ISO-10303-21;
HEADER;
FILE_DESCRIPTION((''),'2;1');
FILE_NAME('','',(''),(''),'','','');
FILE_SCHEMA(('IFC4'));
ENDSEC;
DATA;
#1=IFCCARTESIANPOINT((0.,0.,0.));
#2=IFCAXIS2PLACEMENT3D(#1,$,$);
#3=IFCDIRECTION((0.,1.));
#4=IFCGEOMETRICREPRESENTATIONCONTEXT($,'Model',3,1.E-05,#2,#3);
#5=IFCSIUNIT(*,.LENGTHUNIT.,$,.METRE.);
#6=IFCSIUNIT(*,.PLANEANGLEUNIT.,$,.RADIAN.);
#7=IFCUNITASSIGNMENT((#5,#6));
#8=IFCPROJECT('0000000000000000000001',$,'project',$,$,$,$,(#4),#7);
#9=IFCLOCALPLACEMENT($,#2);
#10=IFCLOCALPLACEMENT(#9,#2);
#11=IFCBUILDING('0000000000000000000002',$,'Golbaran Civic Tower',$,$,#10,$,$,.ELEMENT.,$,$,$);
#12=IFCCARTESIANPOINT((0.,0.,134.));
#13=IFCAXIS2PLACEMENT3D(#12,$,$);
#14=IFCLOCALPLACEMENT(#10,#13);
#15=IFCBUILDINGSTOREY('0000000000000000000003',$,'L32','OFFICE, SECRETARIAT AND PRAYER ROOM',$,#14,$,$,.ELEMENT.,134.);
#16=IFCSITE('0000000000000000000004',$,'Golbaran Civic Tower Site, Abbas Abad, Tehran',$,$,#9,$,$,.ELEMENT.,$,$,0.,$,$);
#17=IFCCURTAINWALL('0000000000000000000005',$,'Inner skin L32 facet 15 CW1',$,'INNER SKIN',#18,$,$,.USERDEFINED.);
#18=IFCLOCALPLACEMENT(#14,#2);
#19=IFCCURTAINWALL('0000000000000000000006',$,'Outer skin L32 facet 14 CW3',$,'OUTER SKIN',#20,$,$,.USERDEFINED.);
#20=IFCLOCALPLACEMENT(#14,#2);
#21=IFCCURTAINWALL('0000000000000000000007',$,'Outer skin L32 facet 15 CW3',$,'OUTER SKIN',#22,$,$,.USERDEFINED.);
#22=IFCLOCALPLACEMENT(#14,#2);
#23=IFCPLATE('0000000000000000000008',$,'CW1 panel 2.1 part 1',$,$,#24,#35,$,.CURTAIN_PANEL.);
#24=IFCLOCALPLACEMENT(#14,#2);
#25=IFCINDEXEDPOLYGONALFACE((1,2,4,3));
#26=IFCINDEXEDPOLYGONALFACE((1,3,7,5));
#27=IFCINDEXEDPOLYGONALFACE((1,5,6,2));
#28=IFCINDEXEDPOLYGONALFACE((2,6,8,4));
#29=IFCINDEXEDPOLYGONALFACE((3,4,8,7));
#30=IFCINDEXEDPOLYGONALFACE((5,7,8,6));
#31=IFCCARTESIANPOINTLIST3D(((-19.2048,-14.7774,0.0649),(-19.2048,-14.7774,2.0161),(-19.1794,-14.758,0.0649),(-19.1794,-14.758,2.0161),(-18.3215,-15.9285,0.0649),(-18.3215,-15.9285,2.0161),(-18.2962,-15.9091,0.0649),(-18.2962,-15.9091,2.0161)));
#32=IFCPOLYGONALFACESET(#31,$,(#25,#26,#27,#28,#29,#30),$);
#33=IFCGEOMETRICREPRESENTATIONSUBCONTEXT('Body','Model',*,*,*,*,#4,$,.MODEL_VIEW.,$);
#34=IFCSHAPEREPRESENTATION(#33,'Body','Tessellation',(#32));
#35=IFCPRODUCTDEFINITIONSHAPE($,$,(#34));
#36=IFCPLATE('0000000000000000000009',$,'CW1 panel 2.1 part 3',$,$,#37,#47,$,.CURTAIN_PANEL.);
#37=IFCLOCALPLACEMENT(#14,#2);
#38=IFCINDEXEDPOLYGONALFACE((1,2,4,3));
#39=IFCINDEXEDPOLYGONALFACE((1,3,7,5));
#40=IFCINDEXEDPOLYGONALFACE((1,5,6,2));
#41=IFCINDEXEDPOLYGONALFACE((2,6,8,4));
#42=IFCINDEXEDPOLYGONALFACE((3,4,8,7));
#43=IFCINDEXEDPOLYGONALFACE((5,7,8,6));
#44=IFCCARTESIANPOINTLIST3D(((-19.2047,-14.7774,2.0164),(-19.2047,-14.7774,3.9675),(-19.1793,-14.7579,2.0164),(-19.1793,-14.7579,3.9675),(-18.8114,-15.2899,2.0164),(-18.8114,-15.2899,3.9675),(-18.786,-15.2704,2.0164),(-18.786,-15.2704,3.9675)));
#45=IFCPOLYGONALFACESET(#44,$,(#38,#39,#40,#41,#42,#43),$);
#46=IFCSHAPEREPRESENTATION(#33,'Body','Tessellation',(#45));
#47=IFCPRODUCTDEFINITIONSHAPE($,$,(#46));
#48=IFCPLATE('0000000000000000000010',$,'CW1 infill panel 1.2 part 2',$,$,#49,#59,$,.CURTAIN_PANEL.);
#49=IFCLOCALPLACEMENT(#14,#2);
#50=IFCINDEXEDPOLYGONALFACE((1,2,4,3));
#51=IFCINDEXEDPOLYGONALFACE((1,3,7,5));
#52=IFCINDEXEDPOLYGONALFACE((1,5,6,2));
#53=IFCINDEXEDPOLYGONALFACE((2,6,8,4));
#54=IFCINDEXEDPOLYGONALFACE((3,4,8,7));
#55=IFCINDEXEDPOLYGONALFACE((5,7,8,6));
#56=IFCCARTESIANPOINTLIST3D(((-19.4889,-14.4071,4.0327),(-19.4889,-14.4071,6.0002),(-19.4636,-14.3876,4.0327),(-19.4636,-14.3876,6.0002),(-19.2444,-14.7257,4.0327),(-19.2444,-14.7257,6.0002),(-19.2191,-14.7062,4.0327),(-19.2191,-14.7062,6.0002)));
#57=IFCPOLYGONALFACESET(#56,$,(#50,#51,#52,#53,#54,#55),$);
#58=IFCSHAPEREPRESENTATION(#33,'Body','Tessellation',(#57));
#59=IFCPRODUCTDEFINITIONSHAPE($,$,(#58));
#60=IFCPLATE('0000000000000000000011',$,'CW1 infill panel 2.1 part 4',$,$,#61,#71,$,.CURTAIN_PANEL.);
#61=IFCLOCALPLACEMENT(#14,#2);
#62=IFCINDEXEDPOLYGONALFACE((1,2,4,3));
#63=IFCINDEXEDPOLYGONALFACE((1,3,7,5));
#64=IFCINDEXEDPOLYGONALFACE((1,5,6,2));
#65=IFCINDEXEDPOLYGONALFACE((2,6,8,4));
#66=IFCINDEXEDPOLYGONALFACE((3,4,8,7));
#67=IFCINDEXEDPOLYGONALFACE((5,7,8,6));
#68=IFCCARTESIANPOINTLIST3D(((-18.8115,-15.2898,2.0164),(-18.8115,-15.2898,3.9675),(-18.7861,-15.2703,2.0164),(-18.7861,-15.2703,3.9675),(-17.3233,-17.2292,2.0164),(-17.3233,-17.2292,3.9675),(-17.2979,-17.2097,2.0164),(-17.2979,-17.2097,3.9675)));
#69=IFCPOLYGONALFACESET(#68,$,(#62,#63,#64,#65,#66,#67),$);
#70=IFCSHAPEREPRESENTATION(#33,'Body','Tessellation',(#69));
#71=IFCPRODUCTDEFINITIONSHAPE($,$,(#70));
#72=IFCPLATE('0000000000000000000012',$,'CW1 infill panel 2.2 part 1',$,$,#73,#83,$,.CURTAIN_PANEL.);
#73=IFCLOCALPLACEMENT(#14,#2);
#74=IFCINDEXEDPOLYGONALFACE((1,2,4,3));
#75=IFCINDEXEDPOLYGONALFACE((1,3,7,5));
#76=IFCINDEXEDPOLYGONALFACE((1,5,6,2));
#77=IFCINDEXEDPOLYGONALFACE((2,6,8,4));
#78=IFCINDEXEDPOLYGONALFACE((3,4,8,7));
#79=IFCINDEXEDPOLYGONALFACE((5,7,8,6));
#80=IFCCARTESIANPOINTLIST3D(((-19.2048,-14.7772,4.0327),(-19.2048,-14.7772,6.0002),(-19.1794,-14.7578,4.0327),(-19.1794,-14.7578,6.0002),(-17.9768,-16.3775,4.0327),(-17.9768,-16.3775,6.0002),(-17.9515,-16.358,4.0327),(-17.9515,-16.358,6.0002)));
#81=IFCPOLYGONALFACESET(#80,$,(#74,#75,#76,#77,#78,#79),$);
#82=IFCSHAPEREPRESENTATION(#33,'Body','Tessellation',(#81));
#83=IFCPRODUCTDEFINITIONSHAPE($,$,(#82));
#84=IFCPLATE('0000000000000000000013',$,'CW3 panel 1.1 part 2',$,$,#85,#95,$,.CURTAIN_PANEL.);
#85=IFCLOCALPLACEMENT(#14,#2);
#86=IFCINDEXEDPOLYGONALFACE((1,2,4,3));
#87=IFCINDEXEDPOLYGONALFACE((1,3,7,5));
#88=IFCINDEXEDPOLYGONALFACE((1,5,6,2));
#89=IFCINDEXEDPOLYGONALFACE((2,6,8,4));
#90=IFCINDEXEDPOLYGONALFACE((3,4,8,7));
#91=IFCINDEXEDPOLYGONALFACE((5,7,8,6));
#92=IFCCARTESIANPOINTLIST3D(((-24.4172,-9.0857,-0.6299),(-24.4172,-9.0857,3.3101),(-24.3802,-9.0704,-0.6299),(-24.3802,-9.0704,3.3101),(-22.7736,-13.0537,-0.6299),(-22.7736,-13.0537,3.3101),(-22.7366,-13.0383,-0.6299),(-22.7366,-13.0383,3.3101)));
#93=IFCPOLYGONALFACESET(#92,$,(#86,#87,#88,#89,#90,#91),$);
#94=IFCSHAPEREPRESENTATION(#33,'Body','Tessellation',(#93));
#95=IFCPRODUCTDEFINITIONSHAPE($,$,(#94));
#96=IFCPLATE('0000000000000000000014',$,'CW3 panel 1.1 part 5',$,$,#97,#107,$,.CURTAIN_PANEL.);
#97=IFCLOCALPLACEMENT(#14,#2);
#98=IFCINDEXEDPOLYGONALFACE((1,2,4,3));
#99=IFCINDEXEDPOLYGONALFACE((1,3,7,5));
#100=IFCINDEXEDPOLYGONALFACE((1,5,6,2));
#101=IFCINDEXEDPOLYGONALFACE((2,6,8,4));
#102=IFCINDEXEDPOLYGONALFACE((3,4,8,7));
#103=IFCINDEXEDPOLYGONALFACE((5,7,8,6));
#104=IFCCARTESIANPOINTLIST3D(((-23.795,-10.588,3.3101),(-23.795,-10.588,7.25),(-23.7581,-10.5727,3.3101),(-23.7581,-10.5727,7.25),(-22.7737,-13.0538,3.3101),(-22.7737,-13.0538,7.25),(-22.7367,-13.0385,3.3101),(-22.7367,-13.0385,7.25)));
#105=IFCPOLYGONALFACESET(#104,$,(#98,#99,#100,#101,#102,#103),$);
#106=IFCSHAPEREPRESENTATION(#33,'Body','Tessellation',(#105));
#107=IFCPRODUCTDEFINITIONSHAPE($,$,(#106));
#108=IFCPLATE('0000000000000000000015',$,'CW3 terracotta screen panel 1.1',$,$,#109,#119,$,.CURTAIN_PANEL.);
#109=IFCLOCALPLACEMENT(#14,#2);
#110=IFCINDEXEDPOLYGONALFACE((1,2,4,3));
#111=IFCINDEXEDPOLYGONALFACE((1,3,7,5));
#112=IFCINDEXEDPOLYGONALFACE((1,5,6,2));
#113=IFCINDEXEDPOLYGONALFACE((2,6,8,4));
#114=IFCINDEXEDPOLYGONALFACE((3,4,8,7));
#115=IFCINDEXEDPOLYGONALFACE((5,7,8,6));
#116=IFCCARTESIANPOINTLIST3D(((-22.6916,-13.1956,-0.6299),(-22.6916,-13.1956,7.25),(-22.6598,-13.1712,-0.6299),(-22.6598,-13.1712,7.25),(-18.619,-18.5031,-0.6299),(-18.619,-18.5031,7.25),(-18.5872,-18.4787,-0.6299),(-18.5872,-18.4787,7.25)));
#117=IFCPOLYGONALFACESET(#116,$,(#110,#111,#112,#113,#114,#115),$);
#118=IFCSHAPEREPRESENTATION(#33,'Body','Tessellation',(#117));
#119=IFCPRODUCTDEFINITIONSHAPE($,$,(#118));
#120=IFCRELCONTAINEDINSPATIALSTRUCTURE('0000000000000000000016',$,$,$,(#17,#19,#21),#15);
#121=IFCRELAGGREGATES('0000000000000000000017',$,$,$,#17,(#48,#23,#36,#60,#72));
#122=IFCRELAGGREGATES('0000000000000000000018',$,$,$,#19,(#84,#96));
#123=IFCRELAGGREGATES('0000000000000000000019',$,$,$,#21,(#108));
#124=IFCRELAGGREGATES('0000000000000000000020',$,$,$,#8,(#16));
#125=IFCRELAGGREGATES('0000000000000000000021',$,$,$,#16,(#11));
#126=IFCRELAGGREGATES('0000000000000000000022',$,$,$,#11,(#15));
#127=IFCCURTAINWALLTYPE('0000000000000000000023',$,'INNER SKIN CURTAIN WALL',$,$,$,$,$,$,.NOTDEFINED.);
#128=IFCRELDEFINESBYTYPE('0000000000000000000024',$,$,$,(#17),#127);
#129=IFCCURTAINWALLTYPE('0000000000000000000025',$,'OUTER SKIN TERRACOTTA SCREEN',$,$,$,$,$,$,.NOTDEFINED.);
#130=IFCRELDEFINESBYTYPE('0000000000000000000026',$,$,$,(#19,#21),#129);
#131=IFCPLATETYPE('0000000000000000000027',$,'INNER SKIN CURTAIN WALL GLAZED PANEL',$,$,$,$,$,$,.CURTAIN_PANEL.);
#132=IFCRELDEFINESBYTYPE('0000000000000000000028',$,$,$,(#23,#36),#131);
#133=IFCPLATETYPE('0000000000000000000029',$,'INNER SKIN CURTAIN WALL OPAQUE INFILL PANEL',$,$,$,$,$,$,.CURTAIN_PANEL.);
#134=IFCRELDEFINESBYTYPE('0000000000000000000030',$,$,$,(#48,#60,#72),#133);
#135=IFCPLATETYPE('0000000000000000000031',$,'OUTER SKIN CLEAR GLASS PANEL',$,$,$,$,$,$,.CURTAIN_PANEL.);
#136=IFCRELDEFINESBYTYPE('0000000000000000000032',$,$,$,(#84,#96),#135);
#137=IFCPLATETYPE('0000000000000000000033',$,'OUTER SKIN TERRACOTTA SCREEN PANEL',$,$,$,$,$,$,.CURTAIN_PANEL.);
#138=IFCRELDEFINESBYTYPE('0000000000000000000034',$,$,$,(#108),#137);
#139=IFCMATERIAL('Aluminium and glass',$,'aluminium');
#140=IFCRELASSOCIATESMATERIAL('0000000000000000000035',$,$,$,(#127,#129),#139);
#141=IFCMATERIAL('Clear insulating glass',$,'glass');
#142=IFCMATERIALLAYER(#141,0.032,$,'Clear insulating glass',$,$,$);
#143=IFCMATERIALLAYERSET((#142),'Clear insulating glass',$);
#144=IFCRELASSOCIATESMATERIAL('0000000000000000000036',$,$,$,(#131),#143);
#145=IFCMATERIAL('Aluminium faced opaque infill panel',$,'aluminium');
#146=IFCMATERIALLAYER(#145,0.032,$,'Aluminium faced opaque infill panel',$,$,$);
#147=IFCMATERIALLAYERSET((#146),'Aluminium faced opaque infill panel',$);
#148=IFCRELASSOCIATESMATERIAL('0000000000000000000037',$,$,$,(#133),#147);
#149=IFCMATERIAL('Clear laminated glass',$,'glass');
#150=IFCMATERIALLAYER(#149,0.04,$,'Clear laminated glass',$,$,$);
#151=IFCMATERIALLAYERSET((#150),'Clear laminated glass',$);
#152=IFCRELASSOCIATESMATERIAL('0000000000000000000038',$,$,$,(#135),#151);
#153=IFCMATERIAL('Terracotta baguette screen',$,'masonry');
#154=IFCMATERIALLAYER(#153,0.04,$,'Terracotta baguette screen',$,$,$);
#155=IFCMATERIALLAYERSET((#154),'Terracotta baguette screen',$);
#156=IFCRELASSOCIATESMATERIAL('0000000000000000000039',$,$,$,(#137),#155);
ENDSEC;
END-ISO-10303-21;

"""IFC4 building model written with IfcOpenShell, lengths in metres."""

from ifc_helpers import new_model, si_unit, direction, frame, origin, origin_2d, place, context, subcontext, project, spatial, rectangle, extrude, material, layer, layer_set, type_object, element, aggregate, save


model = new_model("IFC4")

# Units and contexts
model_context = context("Model", 3, precision=1e-05, world=origin(), true_north=direction((0.0, 1.0)))
body_context = subcontext(model_context, "Body", "Model", "MODEL_VIEW")
ifc_project = project(units=[si_unit("LENGTHUNIT", "METRE"), si_unit("PLANEANGLEUNIT", "RADIAN")], contexts=[model_context])

# Site, building, storey
site_placement = place(None, origin())
site = spatial("IfcSite", under=ifc_project, at=site_placement, Name="Golbaran Civic Tower Site, Abbas Abad, Tehran", CompositionType="ELEMENT", RefElevation=0.0)
building_placement = place(site_placement, origin())
building = spatial("IfcBuilding", under=site, at=building_placement, Name="Golbaran Civic Tower", CompositionType="ELEMENT")
storey_placement = place(building_placement, frame((0.0, 0.0, 134.0)))
storey = spatial("IfcBuildingStorey", under=building, at=storey_placement, Name="L32", Description="OFFICE, SECRETARIAT AND PRAYER ROOM", CompositionType="ELEMENT", Elevation=134.0)

# Shared definitions
ifc_material_1 = material(Name="Aluminium and glass", Category="aluminium")
curtain_wall_type_1 = type_object("IfcCurtainWallType", Name="INNER SKIN CURTAIN WALL", PredefinedType="NOTDEFINED", material=ifc_material_1)

# Curtain wall
curtain_wall_1_placement = place(storey_placement, origin())
curtain_wall_1 = element("IfcCurtainWall", 1, at=curtain_wall_1_placement, inside=storey, type_object=curtain_wall_type_1, Name="Inner skin L32 facet 15 CW1", ObjectType="INNER SKIN", PredefinedType="USERDEFINED")

# Curtain wall
curtain_wall_type_2 = type_object("IfcCurtainWallType", Name="OUTER SKIN TERRACOTTA SCREEN", PredefinedType="NOTDEFINED", material=ifc_material_1)
curtain_wall_2_placement = place(storey_placement, origin())
curtain_wall_2 = element("IfcCurtainWall", 2, at=curtain_wall_2_placement, inside=storey, type_object=curtain_wall_type_2, Name="Outer skin L32 facet 14 CW3", ObjectType="OUTER SKIN", PredefinedType="USERDEFINED")

# Curtain wall
curtain_wall_3_placement = place(storey_placement, origin())
curtain_wall_3 = element("IfcCurtainWall", 3, at=curtain_wall_3_placement, inside=storey, type_object=curtain_wall_type_2, Name="Outer skin L32 facet 15 CW3", ObjectType="OUTER SKIN", PredefinedType="USERDEFINED")

# Plates
ifc_material_2 = material(Name="Clear insulating glass", Category="glass")
ifc_layer_1 = layer(ifc_material_2, 0.032, Name="Clear insulating glass")
ifc_layer_set_1 = layer_set([ifc_layer_1], Name="Clear insulating glass")
plate_type_1 = type_object("IfcPlateType", Name="INNER SKIN CURTAIN WALL GLAZED PANEL", PredefinedType="CURTAIN_PANEL", material=ifc_layer_set_1)
plate_1_placement = place(storey_placement, frame((-18.7505, -15.3433, 0.0649), z_axis=(0.0, 0.0, 1.0), x_axis=(0.608761, -0.793353, 0.0)))
plate_1 = element("IfcPlate", 4, at=plate_1_placement, type_object=plate_type_1, Name="CW1 panel 2.1 part 1", PredefinedType="CURTAIN_PANEL", context=body_context, shape_type="SweptSolid", body=[
    extrude(rectangle(XDim=1.4509, YDim=0.032, at=origin_2d()), origin(), (0.0, 0.0, 1.0), 1.9512),
])
plate_2_placement = place(storey_placement, frame((-18.9954, -15.0239, 2.0164), z_axis=(0.0, 0.0, 1.0), x_axis=(0.608761, -0.793353, 0.0)))
plate_2 = element("IfcPlate", 5, at=plate_2_placement, type_object=plate_type_1, Name="CW1 panel 2.1 part 3", PredefinedType="CURTAIN_PANEL", context=body_context, shape_type="SweptSolid", body=[
    extrude(rectangle(XDim=0.646, YDim=0.032, at=origin_2d()), origin(), (0.0, 0.0, 1.0), 1.9512),
])
ifc_material_3 = material(Name="Aluminium faced opaque infill panel", Category="aluminium")
ifc_layer_2 = layer(ifc_material_3, 0.032, Name="Aluminium faced opaque infill panel")
ifc_layer_set_2 = layer_set([ifc_layer_2], Name="Aluminium faced opaque infill panel")
plate_type_2 = type_object("IfcPlateType", Name="INNER SKIN CURTAIN WALL OPAQUE INFILL PANEL", PredefinedType="CURTAIN_PANEL", material=ifc_layer_set_2)
plate_3_placement = place(storey_placement, frame((-19.354, -14.5566, 4.0327), z_axis=(0.0, 0.0, 1.0), x_axis=(0.608761, -0.793353, 0.0)))
plate_3 = element("IfcPlate", 6, at=plate_3_placement, type_object=plate_type_2, Name="CW1 infill panel 1.2 part 2", PredefinedType="CURTAIN_PANEL", context=body_context, shape_type="SweptSolid", body=[
    extrude(rectangle(XDim=0.4016, YDim=0.032, at=origin_2d()), origin(), (0.0, 0.0, 1.0), 1.9675),
])
plate_4_placement = place(storey_placement, frame((-18.0547, -16.2498, 2.0164), z_axis=(0.0, 0.0, 1.0), x_axis=(0.608761, -0.793353, 0.0)))
plate_4 = element("IfcPlate", 7, at=plate_4_placement, type_object=plate_type_2, Name="CW1 infill panel 2.1 part 4", PredefinedType="CURTAIN_PANEL", context=body_context, shape_type="SweptSolid", body=[
    extrude(rectangle(XDim=2.4446, YDim=0.032, at=origin_2d()), origin(), (0.0, 0.0, 1.0), 1.9512),
])
plate_5_placement = place(storey_placement, frame((-18.5781, -15.5676, 4.0327), z_axis=(0.0, 0.0, 1.0), x_axis=(0.608761, -0.793353, 0.0)))
plate_5 = element("IfcPlate", 8, at=plate_5_placement, type_object=plate_type_2, Name="CW1 infill panel 2.2 part 1", PredefinedType="CURTAIN_PANEL", context=body_context, shape_type="SweptSolid", body=[
    extrude(rectangle(XDim=2.0171, YDim=0.032, at=origin_2d()), origin(), (0.0, 0.0, 1.0), 1.9675),
])
aggregate(curtain_wall_1, [plate_3, plate_1, plate_2, plate_4, plate_5])
ifc_material_4 = material(Name="Clear laminated glass", Category="glass")
ifc_layer_3 = layer(ifc_material_4, 0.04, Name="Clear laminated glass")
ifc_layer_set_3 = layer_set([ifc_layer_3], Name="Clear laminated glass")
plate_type_3 = type_object("IfcPlateType", Name="OUTER SKIN CLEAR GLASS PANEL", PredefinedType="CURTAIN_PANEL", material=ifc_layer_set_3)
plate_6_placement = place(storey_placement, frame((-23.5769, -11.062, -0.6299), z_axis=(0.0, 0.0, 1.0), x_axis=(0.382683, -0.92388, 0.0)))
plate_6 = element("IfcPlate", 9, at=plate_6_placement, type_object=plate_type_3, Name="CW3 panel 1.1 part 2", PredefinedType="CURTAIN_PANEL", context=body_context, shape_type="SweptSolid", body=[
    extrude(rectangle(XDim=4.2949, YDim=0.04, at=origin_2d()), origin(), (0.0, 0.0, 1.0), 3.9399),
])
plate_7_placement = place(storey_placement, frame((-23.2659, -11.8132, 3.3101), z_axis=(0.0, 0.0, 1.0), x_axis=(0.382683, -0.92388, 0.0)))
plate_7 = element("IfcPlate", 10, at=plate_7_placement, type_object=plate_type_3, Name="CW3 panel 1.1 part 5", PredefinedType="CURTAIN_PANEL", context=body_context, shape_type="SweptSolid", body=[
    extrude(rectangle(XDim=2.6689, YDim=0.04, at=origin_2d()), origin(), (0.0, 0.0, 1.0), 3.9399),
])
aggregate(curtain_wall_2, [plate_6, plate_7])
ifc_material_5 = material(Name="Terracotta baguette screen", Category="masonry")
ifc_layer_4 = layer(ifc_material_5, 0.04, Name="Terracotta baguette screen")
ifc_layer_set_4 = layer_set([ifc_layer_4], Name="Terracotta baguette screen")
plate_type_4 = type_object("IfcPlateType", Name="OUTER SKIN TERRACOTTA SCREEN PANEL", PredefinedType="CURTAIN_PANEL", material=ifc_layer_set_4)
plate_8_placement = place(storey_placement, frame((-20.6394, -15.8372, -0.6299), z_axis=(0.0, 0.0, 1.0), x_axis=(0.608761, -0.793353, 0.0)))
plate_8 = element("IfcPlate", 11, at=plate_8_placement, type_object=plate_type_4, Name="CW3 terracotta screen panel 1.1", PredefinedType="CURTAIN_PANEL", context=body_context, shape_type="SweptSolid", body=[
    extrude(rectangle(XDim=6.6899, YDim=0.04, at=origin_2d()), origin(), (0.0, 0.0, 1.0), 7.8799),
])
aggregate(curtain_wall_3, [plate_8])

save(model, "model.ifc")
